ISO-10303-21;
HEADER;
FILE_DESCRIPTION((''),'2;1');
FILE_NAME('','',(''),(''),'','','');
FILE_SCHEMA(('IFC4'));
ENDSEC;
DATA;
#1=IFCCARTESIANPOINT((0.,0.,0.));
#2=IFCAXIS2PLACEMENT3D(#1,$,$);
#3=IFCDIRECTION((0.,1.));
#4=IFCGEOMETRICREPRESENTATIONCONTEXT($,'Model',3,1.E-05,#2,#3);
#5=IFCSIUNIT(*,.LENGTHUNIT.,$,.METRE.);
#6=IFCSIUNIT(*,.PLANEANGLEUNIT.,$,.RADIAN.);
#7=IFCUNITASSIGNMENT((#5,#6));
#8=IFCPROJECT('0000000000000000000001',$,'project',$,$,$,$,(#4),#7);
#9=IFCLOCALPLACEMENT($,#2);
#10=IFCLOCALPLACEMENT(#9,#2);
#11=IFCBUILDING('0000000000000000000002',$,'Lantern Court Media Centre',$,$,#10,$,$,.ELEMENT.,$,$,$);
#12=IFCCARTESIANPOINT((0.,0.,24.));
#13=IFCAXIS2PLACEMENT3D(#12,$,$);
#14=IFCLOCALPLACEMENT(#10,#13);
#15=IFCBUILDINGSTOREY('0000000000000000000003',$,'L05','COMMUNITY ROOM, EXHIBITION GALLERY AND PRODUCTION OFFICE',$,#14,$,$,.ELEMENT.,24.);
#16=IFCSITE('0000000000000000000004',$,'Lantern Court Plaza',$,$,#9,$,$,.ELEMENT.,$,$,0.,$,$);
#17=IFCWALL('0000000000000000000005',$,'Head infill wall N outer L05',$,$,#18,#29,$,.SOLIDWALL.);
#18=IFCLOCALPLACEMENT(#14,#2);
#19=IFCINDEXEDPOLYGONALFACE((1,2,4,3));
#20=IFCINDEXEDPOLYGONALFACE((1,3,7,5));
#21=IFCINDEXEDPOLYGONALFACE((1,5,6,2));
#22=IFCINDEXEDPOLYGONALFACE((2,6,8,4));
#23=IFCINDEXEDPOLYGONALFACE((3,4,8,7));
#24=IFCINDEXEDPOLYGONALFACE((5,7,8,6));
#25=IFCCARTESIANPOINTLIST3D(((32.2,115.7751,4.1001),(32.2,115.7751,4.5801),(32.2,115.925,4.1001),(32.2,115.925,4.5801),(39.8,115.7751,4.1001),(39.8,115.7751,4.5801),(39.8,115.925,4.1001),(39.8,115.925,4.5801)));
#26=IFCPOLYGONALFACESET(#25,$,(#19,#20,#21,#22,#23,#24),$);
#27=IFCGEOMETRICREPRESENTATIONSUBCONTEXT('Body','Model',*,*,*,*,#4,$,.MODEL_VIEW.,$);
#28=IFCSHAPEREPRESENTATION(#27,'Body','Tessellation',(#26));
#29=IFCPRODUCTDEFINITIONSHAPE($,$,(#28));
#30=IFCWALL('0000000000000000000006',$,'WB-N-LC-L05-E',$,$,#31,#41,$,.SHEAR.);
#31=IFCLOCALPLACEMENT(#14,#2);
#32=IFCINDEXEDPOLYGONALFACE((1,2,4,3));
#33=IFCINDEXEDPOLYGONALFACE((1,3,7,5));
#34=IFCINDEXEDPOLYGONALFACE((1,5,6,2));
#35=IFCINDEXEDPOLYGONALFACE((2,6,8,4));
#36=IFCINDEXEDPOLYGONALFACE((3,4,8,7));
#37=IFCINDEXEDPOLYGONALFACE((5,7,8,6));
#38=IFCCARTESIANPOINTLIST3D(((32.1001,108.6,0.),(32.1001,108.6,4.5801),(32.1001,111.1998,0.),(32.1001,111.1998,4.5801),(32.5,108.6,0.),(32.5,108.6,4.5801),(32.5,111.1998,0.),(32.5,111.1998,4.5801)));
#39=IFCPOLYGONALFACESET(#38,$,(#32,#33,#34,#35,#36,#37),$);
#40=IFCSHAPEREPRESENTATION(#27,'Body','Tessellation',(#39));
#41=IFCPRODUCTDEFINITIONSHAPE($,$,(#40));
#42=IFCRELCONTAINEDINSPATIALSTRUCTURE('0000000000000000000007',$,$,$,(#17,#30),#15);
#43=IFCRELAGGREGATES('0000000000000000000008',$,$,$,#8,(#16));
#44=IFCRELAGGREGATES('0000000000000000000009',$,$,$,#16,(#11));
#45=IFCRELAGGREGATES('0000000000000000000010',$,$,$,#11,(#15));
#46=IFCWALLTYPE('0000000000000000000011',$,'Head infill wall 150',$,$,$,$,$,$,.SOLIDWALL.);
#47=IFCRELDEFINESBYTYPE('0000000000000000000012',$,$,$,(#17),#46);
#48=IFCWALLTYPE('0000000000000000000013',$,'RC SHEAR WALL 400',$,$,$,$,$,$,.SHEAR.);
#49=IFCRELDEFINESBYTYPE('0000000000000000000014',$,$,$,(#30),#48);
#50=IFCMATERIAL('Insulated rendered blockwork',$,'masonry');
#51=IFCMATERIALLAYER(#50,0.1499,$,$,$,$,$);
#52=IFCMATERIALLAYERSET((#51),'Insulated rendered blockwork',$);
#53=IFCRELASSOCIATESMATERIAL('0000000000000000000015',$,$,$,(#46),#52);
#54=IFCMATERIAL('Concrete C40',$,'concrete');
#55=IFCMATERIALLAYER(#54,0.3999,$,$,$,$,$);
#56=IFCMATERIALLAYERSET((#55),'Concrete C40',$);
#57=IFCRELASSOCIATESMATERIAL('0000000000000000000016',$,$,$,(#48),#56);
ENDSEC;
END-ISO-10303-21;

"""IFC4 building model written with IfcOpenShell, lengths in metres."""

from ifc_helpers import new_model, si_unit, direction, frame, frame_2d, origin, place, context, subcontext, project, spatial, rectangle, extrude, material, layer, layer_set, type_object, element, save


model = new_model("IFC4")

# Units and contexts
model_context = context("Model", 3, precision=1e-05, world=origin(), true_north=direction((0.0, 1.0)))
body_context = subcontext(model_context, "Body", "Model", "MODEL_VIEW")
ifc_project = project(units=[si_unit("LENGTHUNIT", "METRE"), si_unit("PLANEANGLEUNIT", "RADIAN")], contexts=[model_context])

# Site, building, storey
site_placement = place(None, origin())
site = spatial("IfcSite", under=ifc_project, at=site_placement, Name="Lantern Court Plaza", CompositionType="ELEMENT", RefElevation=0.0)
building_placement = place(site_placement, origin())
building = spatial("IfcBuilding", under=site, at=building_placement, Name="Lantern Court Media Centre", CompositionType="ELEMENT")
storey_placement = place(building_placement, frame((0.0, 0.0, 24.0)))
storey = spatial("IfcBuildingStorey", under=building, at=storey_placement, Name="L05", Description="COMMUNITY ROOM, EXHIBITION GALLERY AND PRODUCTION OFFICE", CompositionType="ELEMENT", Elevation=24.0)

# Walls
ifc_material_1 = material(Name="Insulated rendered blockwork", Category="masonry")
ifc_layer_1 = layer(ifc_material_1, 0.1499)
ifc_layer_set_1 = layer_set([ifc_layer_1], Name="Insulated rendered blockwork")
wall_type_1 = type_object("IfcWallType", Name="Head infill wall 150", PredefinedType="SOLIDWALL", material=ifc_layer_set_1)
wall_1_placement = place(storey_placement, frame((32.2, 115.8501, 4.1001), z_axis=(0.0, 0.0, 1.0), x_axis=(1.0, 0.0, 0.0)))
element("IfcWall", 1, at=wall_1_placement, inside=storey, type_object=wall_type_1, Name="Head infill wall N outer L05", PredefinedType="SOLIDWALL", context=body_context, shape_type="SweptSolid", body=[
    extrude(rectangle(XDim=7.6001, YDim=0.1499, at=frame_2d((3.8, 0.0))), origin(), (0.0, 0.0, 1.0), 0.48),
])
ifc_material_2 = material(Name="Concrete C40", Category="concrete")
ifc_layer_2 = layer(ifc_material_2, 0.3999)
ifc_layer_set_2 = layer_set([ifc_layer_2], Name="Concrete C40")
wall_type_2 = type_object("IfcWallType", Name="RC SHEAR WALL 400", PredefinedType="SHEAR", material=ifc_layer_set_2)
wall_2_placement = place(storey_placement, frame((32.3, 108.6001, 0.0), z_axis=(0.0, 0.0, 1.0), x_axis=(0.0, 1.0, 0.0)))
element("IfcWall", 2, at=wall_2_placement, inside=storey, type_object=wall_type_2, Name="WB-N-LC-L05-E", PredefinedType="SHEAR", context=body_context, shape_type="SweptSolid", body=[
    extrude(rectangle(XDim=2.5999, YDim=0.3999, at=frame_2d((1.2998, 0.0))), origin(), (0.0, 0.0, 1.0), 4.5801),
])

save(model, "model.ifc")
